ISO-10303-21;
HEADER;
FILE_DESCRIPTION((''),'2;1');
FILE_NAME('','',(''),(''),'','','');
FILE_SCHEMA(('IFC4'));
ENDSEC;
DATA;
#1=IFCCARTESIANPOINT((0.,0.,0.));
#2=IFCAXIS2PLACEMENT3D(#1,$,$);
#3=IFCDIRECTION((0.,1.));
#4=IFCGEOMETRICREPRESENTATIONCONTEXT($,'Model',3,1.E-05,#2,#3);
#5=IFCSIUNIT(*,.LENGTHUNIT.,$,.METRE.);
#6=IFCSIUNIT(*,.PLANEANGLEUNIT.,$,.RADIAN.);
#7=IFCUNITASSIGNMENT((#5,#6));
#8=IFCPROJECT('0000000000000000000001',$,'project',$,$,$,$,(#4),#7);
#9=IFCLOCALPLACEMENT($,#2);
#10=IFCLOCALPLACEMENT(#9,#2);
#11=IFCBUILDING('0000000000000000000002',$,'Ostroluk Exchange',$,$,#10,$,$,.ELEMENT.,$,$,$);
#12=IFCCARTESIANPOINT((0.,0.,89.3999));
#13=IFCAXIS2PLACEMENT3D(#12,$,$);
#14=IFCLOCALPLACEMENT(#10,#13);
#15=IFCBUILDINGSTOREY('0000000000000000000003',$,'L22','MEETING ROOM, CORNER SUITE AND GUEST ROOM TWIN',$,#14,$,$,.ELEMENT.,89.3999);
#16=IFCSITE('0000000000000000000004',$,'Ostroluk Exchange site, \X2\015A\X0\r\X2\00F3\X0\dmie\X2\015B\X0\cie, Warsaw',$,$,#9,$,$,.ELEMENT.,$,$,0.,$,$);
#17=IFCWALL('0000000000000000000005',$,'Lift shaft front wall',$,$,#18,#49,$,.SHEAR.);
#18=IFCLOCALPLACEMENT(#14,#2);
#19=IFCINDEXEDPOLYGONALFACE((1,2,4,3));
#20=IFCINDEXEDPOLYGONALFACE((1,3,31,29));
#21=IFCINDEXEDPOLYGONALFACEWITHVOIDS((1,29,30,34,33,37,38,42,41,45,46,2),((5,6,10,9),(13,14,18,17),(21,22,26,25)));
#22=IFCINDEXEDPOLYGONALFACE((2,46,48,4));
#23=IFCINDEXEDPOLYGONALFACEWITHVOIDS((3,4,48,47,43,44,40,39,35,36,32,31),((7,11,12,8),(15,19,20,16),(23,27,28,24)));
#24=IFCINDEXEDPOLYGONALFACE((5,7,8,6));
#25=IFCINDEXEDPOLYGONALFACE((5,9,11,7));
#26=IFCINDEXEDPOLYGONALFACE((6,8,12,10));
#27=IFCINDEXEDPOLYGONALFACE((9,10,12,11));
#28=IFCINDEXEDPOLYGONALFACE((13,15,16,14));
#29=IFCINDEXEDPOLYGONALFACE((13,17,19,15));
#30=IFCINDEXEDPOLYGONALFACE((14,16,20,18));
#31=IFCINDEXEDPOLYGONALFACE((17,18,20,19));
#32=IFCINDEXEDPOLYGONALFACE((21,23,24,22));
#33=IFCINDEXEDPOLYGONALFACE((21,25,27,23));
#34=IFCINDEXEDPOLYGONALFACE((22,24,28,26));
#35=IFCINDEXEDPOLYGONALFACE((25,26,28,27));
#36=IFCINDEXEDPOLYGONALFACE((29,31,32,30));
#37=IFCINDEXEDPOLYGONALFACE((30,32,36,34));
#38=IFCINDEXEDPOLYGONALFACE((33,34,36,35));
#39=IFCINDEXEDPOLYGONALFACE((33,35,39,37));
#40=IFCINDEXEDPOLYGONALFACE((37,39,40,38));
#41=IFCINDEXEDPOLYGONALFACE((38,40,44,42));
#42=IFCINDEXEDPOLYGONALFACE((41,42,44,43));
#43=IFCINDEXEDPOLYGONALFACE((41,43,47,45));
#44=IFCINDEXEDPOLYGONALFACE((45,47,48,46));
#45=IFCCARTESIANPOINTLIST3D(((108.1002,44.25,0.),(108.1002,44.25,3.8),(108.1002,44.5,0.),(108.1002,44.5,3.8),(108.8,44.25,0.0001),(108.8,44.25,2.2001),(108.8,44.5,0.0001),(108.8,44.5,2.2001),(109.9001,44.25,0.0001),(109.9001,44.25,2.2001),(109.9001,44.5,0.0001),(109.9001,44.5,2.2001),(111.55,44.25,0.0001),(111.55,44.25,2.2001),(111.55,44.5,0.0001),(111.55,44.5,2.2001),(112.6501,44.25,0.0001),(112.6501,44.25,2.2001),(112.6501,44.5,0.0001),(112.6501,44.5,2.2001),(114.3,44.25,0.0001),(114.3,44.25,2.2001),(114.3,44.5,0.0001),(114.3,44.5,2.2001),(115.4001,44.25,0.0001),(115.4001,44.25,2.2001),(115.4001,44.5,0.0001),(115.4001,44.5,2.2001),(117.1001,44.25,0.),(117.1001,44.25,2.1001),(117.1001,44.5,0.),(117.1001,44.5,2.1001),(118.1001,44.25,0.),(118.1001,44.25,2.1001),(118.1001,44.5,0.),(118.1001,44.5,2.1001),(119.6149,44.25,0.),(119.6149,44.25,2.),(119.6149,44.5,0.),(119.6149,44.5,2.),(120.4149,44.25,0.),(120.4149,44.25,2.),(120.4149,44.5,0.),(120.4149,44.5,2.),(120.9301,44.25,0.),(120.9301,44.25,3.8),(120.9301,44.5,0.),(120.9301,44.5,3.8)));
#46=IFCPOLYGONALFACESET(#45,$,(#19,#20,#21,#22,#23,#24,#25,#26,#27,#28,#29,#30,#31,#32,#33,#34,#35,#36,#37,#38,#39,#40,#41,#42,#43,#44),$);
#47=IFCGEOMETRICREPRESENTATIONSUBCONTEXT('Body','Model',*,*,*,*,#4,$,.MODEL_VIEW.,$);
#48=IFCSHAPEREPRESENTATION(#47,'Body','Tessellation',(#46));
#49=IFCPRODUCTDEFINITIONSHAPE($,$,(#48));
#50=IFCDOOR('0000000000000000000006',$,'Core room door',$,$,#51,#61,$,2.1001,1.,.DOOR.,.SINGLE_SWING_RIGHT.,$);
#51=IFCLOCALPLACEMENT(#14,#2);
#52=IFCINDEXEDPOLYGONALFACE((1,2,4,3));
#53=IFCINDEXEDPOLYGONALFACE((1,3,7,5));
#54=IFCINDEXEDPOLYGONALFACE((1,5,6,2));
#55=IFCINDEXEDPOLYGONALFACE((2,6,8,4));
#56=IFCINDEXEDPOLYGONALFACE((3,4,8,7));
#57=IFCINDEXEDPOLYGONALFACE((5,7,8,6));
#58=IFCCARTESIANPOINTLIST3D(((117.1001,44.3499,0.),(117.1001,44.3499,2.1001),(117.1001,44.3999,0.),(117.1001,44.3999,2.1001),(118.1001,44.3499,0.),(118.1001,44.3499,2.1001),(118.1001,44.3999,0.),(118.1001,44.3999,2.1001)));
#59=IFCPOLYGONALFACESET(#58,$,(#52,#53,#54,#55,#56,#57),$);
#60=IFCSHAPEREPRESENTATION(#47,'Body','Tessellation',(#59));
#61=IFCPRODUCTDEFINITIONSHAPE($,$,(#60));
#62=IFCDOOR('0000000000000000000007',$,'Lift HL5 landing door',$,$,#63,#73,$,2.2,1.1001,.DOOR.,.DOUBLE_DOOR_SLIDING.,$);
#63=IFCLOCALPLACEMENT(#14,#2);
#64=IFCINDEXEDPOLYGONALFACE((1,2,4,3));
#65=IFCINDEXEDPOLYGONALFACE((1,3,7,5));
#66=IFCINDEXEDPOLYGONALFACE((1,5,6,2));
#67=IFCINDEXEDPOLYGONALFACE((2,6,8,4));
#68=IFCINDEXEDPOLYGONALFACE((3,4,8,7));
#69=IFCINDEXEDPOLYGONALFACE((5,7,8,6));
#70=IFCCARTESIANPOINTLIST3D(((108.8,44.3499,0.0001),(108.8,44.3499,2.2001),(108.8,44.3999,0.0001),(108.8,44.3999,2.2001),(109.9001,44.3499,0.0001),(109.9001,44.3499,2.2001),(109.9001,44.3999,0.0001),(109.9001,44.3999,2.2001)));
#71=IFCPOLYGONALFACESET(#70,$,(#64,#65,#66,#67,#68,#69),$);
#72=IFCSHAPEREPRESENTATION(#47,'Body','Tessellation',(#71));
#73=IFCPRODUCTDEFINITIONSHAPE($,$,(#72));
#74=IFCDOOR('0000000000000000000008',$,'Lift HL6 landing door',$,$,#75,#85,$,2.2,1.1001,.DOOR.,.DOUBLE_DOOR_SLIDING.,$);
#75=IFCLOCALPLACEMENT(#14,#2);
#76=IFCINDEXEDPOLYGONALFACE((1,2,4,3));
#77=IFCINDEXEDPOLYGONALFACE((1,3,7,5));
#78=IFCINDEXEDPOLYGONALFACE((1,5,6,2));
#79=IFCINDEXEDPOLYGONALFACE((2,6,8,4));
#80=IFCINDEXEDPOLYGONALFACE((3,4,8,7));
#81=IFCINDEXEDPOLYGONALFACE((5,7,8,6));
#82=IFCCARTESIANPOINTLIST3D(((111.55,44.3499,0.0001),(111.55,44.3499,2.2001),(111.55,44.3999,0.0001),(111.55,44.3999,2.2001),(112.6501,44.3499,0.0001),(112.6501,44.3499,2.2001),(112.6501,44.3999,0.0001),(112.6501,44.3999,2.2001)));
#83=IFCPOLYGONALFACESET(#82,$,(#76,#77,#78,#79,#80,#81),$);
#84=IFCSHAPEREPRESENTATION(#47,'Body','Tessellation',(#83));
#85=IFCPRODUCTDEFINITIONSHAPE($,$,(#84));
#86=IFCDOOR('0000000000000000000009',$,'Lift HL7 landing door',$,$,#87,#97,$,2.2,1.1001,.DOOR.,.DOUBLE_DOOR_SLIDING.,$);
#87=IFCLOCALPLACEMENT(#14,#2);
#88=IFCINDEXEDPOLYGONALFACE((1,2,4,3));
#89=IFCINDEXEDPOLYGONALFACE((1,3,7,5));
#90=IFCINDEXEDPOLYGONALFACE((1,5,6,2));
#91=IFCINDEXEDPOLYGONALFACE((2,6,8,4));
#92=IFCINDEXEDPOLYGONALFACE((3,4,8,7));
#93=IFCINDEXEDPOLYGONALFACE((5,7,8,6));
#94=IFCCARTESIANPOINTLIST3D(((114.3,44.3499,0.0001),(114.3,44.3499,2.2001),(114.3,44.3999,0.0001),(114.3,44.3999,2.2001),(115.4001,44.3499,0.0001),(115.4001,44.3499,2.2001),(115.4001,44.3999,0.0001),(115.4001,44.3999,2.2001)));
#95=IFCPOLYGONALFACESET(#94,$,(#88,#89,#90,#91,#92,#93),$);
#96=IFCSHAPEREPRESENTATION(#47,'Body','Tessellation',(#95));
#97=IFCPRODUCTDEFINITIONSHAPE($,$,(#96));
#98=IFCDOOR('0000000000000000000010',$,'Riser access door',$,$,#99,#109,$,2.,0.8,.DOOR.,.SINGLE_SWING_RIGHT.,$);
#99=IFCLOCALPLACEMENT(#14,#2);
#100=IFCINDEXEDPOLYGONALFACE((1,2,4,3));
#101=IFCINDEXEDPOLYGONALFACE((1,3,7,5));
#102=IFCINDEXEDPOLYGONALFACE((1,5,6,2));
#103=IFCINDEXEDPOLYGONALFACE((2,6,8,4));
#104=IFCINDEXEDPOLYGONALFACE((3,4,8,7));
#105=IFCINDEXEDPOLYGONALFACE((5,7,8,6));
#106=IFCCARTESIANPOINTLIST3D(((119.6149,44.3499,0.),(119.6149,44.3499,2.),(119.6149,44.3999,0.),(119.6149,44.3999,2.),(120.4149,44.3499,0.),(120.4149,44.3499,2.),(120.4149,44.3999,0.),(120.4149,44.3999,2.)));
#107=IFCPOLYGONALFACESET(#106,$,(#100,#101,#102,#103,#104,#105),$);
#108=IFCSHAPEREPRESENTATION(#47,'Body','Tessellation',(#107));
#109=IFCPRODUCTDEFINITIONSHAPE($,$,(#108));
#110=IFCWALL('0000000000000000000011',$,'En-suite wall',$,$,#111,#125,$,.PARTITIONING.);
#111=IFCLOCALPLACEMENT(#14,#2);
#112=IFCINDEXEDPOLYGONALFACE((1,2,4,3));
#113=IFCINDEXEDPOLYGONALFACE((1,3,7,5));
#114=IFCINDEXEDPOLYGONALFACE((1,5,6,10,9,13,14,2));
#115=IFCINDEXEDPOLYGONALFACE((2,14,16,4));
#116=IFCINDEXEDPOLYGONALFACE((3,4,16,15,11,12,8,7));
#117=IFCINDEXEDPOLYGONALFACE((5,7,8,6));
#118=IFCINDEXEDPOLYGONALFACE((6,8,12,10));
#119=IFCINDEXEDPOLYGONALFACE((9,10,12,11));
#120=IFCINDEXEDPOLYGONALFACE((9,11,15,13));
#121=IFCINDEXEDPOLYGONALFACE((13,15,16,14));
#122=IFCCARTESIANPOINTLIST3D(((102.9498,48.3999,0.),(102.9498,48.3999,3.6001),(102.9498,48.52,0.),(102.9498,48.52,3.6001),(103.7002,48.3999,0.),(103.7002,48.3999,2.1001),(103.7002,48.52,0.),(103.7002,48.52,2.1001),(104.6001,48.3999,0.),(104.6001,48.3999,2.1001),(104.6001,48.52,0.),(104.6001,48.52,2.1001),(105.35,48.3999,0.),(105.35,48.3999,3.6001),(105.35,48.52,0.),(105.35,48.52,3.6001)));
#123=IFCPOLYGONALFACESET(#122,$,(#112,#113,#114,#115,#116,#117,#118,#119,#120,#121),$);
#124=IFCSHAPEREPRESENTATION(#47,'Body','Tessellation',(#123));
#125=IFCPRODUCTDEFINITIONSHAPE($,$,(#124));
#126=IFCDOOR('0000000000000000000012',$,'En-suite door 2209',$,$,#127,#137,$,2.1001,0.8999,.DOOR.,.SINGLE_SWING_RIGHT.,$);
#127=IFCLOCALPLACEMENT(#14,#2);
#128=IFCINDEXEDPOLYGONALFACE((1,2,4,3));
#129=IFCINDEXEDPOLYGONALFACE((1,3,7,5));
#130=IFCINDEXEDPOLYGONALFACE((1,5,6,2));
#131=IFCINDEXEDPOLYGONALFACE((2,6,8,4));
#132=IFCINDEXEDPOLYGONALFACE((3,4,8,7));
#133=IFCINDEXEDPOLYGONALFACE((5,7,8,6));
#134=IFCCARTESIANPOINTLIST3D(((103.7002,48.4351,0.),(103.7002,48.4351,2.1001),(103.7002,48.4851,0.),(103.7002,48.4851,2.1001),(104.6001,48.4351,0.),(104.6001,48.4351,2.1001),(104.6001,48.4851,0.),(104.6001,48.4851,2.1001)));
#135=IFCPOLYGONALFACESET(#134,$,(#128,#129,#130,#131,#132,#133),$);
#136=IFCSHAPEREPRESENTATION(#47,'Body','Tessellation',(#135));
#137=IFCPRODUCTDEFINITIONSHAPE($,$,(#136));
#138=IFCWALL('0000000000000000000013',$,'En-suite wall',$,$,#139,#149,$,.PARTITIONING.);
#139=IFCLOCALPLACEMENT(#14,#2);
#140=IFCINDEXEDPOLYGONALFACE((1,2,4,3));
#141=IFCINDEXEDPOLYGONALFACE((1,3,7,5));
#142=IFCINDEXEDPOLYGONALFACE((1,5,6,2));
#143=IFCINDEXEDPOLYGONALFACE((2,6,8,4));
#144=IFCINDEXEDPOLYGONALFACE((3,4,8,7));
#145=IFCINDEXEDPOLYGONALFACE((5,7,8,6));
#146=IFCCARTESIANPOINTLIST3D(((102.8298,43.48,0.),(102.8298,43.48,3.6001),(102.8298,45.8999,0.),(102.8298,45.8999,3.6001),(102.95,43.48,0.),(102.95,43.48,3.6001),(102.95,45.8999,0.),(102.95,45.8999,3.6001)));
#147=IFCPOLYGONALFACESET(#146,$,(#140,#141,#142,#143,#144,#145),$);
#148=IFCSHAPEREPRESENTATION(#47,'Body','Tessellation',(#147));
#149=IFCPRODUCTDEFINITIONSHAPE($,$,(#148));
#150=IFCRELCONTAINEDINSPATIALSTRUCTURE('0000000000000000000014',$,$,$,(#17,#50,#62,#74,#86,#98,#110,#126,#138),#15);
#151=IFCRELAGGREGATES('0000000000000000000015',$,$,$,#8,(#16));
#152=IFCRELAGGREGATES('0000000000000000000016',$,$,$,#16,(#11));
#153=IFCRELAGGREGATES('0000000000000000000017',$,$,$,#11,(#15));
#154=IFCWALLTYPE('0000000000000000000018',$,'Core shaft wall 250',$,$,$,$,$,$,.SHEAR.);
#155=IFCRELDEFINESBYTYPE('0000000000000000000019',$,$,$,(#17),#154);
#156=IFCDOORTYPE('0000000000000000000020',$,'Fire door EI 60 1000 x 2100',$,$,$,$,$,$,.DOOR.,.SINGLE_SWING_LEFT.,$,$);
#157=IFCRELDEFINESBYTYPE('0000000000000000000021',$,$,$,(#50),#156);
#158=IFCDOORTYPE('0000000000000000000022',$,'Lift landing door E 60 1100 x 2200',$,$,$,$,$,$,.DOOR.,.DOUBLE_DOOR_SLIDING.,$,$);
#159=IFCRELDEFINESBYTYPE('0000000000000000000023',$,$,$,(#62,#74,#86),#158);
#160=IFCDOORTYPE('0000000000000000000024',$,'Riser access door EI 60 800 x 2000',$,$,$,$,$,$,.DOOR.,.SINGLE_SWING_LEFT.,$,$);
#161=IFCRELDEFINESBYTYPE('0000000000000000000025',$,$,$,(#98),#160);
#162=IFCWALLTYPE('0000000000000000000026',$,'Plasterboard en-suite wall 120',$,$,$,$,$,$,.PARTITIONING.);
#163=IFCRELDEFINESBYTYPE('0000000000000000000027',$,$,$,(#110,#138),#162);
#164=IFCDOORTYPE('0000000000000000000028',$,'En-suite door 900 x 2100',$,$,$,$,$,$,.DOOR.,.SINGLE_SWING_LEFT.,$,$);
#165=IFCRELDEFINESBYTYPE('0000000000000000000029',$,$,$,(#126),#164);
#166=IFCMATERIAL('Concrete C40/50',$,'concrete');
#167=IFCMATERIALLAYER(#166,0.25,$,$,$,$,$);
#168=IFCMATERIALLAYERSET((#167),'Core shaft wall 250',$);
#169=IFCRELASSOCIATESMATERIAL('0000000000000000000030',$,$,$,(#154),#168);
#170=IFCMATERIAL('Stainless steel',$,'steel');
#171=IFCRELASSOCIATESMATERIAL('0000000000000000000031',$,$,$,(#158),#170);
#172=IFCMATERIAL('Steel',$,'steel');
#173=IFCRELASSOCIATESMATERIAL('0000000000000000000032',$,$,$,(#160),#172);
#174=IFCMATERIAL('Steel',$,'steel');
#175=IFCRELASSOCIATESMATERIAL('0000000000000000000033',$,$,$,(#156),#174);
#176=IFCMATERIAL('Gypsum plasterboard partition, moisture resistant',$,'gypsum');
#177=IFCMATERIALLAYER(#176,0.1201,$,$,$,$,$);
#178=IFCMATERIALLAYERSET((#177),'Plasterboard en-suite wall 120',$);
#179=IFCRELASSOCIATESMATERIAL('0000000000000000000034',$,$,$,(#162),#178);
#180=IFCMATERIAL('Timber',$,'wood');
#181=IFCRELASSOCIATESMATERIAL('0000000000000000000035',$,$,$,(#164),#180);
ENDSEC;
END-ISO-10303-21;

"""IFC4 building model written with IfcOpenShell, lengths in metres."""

from ifc_helpers import new_model, si_unit, direction, frame, frame_2d, origin, place, context, subcontext, project, spatial, rectangle, extrude, material, layer, layer_set, type_object, element, fill, save


model = new_model("IFC4")

# Units and contexts
model_context = context("Model", 3, precision=1e-05, world=origin(), true_north=direction((0.0, 1.0)))
body_context = subcontext(model_context, "Body", "Model", "MODEL_VIEW")
ifc_project = project(units=[si_unit("LENGTHUNIT", "METRE"), si_unit("PLANEANGLEUNIT", "RADIAN")], contexts=[model_context])

# Site, building, storey
site_placement = place(None, origin())
site = spatial("IfcSite", under=ifc_project, at=site_placement, Name="Ostroluk Exchange site, Śródmieście, Warsaw", CompositionType="ELEMENT", RefElevation=0.0)
building_placement = place(site_placement, origin())
building = spatial("IfcBuilding", under=site, at=building_placement, Name="Ostroluk Exchange", CompositionType="ELEMENT")
storey_placement = place(building_placement, frame((0.0, 0.0, 89.3999)))
storey = spatial("IfcBuildingStorey", under=building, at=storey_placement, Name="L22", Description="MEETING ROOM, CORNER SUITE AND GUEST ROOM TWIN", CompositionType="ELEMENT", Elevation=89.3999)

# Shared definitions
ifc_material_1 = material(Name="Concrete C40/50", Category="concrete")
ifc_layer_1 = layer(ifc_material_1, 0.25)
ifc_layer_set_1 = layer_set([ifc_layer_1], Name="Core shaft wall 250")
wall_type_1 = type_object("IfcWallType", Name="Core shaft wall 250", PredefinedType="SHEAR", material=ifc_layer_set_1)

# Shared definitions
ifc_material_2 = material(Name="Stainless steel", Category="steel")
door_type_1 = type_object("IfcDoorType", Name="Lift landing door E 60 1100 x 2200", OperationType="DOUBLE_DOOR_SLIDING", PredefinedType="DOOR", material=ifc_material_2)
ifc_material_3 = material(Name="Steel", Category="steel")
door_type_2 = type_object("IfcDoorType", Name="Riser access door EI 60 800 x 2000", OperationType="SINGLE_SWING_LEFT", PredefinedType="DOOR", material=ifc_material_3)

# Wall, openings, doors
wall_1_placement = place(storey_placement, frame((108.1001, 44.375, 0.0), z_axis=(0.0, 0.0, 1.0), x_axis=(1.0, 0.0, 0.0)))
wall_1 = element("IfcWall", 1, at=wall_1_placement, inside=storey, type_object=wall_type_1, Name="Lift shaft front wall", PredefinedType="SHEAR", context=body_context, shape_type="SweptSolid", body=[
    extrude(rectangle(XDim=12.8298, YDim=0.25, at=frame_2d((6.415, 0.0))), origin(), (0.0, 0.0, 1.0), 3.8),
])
opening_1_placement = place(wall_1_placement, frame((0.7, 0.0, 0.0)))
opening_1 = element("IfcOpeningElement", 2, at=opening_1_placement, cuts=wall_1, PredefinedType="OPENING", context=body_context, shape_type="SweptSolid", body=[
    extrude(rectangle(XDim=1.1001, YDim=2.2, at=frame_2d((0.55, 1.1001))), frame((0.0, 0.135, 0.0), z_axis=(0.0, -1.0, 0.0), x_axis=(1.0, 0.0, 0.0)), (0.0, 0.0, 1.0), 0.27),
])
opening_2_placement = place(wall_1_placement, frame((3.45, 0.0, 0.0)))
opening_2 = element("IfcOpeningElement", 3, at=opening_2_placement, cuts=wall_1, PredefinedType="OPENING", context=body_context, shape_type="SweptSolid", body=[
    extrude(rectangle(XDim=1.1001, YDim=2.2, at=frame_2d((0.55, 1.1001))), frame((0.0, 0.135, 0.0), z_axis=(0.0, -1.0, 0.0), x_axis=(1.0, 0.0, 0.0)), (0.0, 0.0, 1.0), 0.27),
])
opening_3_placement = place(wall_1_placement, frame((6.2, 0.0, 0.0)))
opening_3 = element("IfcOpeningElement", 4, at=opening_3_placement, cuts=wall_1, PredefinedType="OPENING", context=body_context, shape_type="SweptSolid", body=[
    extrude(rectangle(XDim=1.1001, YDim=2.2, at=frame_2d((0.55, 1.1001))), frame((0.0, 0.135, 0.0), z_axis=(0.0, -1.0, 0.0), x_axis=(1.0, 0.0, 0.0)), (0.0, 0.0, 1.0), 0.27),
])
opening_4_placement = place(wall_1_placement, frame((9.0, 0.0, 0.0)))
opening_4 = element("IfcOpeningElement", 5, at=opening_4_placement, cuts=wall_1, PredefinedType="OPENING", context=body_context, shape_type="SweptSolid", body=[
    extrude(rectangle(XDim=1.0, YDim=2.1001, at=frame_2d((0.5, 1.05))), frame((0.0, 0.135, 0.0), z_axis=(0.0, -1.0, 0.0), x_axis=(1.0, 0.0, 0.0)), (0.0, 0.0, 1.0), 0.27),
])
opening_5_placement = place(wall_1_placement, frame((11.5149, 0.0, 0.0)))
opening_5 = element("IfcOpeningElement", 6, at=opening_5_placement, cuts=wall_1, PredefinedType="OPENING", context=body_context, shape_type="SweptSolid", body=[
    extrude(rectangle(XDim=0.8, YDim=2.0, at=frame_2d((0.3999, 1.0))), frame((0.0, 0.135, 0.0), z_axis=(0.0, -1.0, 0.0), x_axis=(1.0, 0.0, 0.0)), (0.0, 0.0, 1.0), 0.27),
])
ifc_material_4 = material(Name="Steel", Category="steel")
door_type_3 = type_object("IfcDoorType", Name="Fire door EI 60 1000 x 2100", OperationType="SINGLE_SWING_LEFT", PredefinedType="DOOR", material=ifc_material_4)
door_1_placement = place(opening_4_placement, origin())
door_1 = element("IfcDoor", 7, at=door_1_placement, inside=storey, type_object=door_type_3, Name="Core room door", OperationType="SINGLE_SWING_RIGHT", OverallHeight=2.1001, OverallWidth=1.0, PredefinedType="DOOR", context=body_context, shape_type="SweptSolid", body=[
    extrude(rectangle(XDim=1.0, YDim=2.1001, at=frame_2d((0.5, 1.05))), frame((0.0, 0.0249, 0.0), z_axis=(0.0, -1.0, 0.0), x_axis=(1.0, 0.0, 0.0)), (0.0, 0.0, 1.0), 0.05),
])
fill(opening_4, door_1)
door_2_placement = place(opening_1_placement, origin())
door_2 = element("IfcDoor", 8, at=door_2_placement, inside=storey, type_object=door_type_1, Name="Lift HL5 landing door", OperationType="DOUBLE_DOOR_SLIDING", OverallHeight=2.2, OverallWidth=1.1001, PredefinedType="DOOR", context=body_context, shape_type="SweptSolid", body=[
    extrude(rectangle(XDim=1.1001, YDim=2.2, at=frame_2d((0.55, 1.1001))), frame((0.0, 0.0249, 0.0), z_axis=(0.0, -1.0, 0.0), x_axis=(1.0, 0.0, 0.0)), (0.0, 0.0, 1.0), 0.05),
])
fill(opening_1, door_2)
door_3_placement = place(opening_2_placement, origin())
door_3 = element("IfcDoor", 9, at=door_3_placement, inside=storey, type_object=door_type_1, Name="Lift HL6 landing door", OperationType="DOUBLE_DOOR_SLIDING", OverallHeight=2.2, OverallWidth=1.1001, PredefinedType="DOOR", context=body_context, shape_type="SweptSolid", body=[
    extrude(rectangle(XDim=1.1001, YDim=2.2, at=frame_2d((0.55, 1.1001))), frame((0.0, 0.0249, 0.0), z_axis=(0.0, -1.0, 0.0), x_axis=(1.0, 0.0, 0.0)), (0.0, 0.0, 1.0), 0.05),
])
fill(opening_2, door_3)
door_4_placement = place(opening_3_placement, origin())
door_4 = element("IfcDoor", 10, at=door_4_placement, inside=storey, type_object=door_type_1, Name="Lift HL7 landing door", OperationType="DOUBLE_DOOR_SLIDING", OverallHeight=2.2, OverallWidth=1.1001, PredefinedType="DOOR", context=body_context, shape_type="SweptSolid", body=[
    extrude(rectangle(XDim=1.1001, YDim=2.2, at=frame_2d((0.55, 1.1001))), frame((0.0, 0.0249, 0.0), z_axis=(0.0, -1.0, 0.0), x_axis=(1.0, 0.0, 0.0)), (0.0, 0.0, 1.0), 0.05),
])
fill(opening_3, door_4)
door_5_placement = place(opening_5_placement, origin())
door_5 = element("IfcDoor", 11, at=door_5_placement, inside=storey, type_object=door_type_2, Name="Riser access door", OperationType="SINGLE_SWING_RIGHT", OverallHeight=2.0, OverallWidth=0.8, PredefinedType="DOOR", context=body_context, shape_type="SweptSolid", body=[
    extrude(rectangle(XDim=0.8, YDim=2.0, at=frame_2d((0.3999, 1.0))), frame((0.0, 0.0249, 0.0), z_axis=(0.0, -1.0, 0.0), x_axis=(1.0, 0.0, 0.0)), (0.0, 0.0, 1.0), 0.05),
])
fill(opening_5, door_5)

# Wall, opening, door
ifc_material_5 = material(Name="Gypsum plasterboard partition, moisture resistant", Category="gypsum")
ifc_layer_2 = layer(ifc_material_5, 0.1201)
ifc_layer_set_2 = layer_set([ifc_layer_2], Name="Plasterboard en-suite wall 120")
wall_type_2 = type_object("IfcWallType", Name="Plasterboard en-suite wall 120", PredefinedType="PARTITIONING", material=ifc_layer_set_2)
wall_2_placement = place(storey_placement, frame((105.3501, 48.46, 0.0), z_axis=(0.0, 0.0, 1.0), x_axis=(-1.0, 0.0, 0.0)))
wall_2 = element("IfcWall", 12, at=wall_2_placement, inside=storey, type_object=wall_type_2, Name="En-suite wall", PredefinedType="PARTITIONING", context=body_context, shape_type="SweptSolid", body=[
    extrude(rectangle(XDim=2.4001, YDim=0.1201, at=frame_2d((1.2002, 0.0))), origin(), (0.0, 0.0, 1.0), 3.6001),
])
opening_6_placement = place(wall_2_placement, frame((0.75, 0.0, 0.0)))
opening_6 = element("IfcOpeningElement", 13, at=opening_6_placement, cuts=wall_2, PredefinedType="OPENING", context=body_context, shape_type="SweptSolid", body=[
    extrude(rectangle(XDim=0.8999, YDim=2.1001, at=frame_2d((0.45, 1.05))), frame((0.0, 0.0701, 0.0), z_axis=(0.0, -1.0, 0.0), x_axis=(1.0, 0.0, 0.0)), (0.0, 0.0, 1.0), 0.1401),
])
ifc_material_6 = material(Name="Timber", Category="wood")
door_type_4 = type_object("IfcDoorType", Name="En-suite door 900 x 2100", OperationType="SINGLE_SWING_LEFT", PredefinedType="DOOR", material=ifc_material_6)
door_6_placement = place(opening_6_placement, origin())
door_6 = element("IfcDoor", 14, at=door_6_placement, inside=storey, type_object=door_type_4, Name="En-suite door 2209", OperationType="SINGLE_SWING_RIGHT", OverallHeight=2.1001, OverallWidth=0.8999, PredefinedType="DOOR", context=body_context, shape_type="SweptSolid", body=[
    extrude(rectangle(XDim=0.8999, YDim=2.1001, at=frame_2d((0.45, 1.05))), frame((0.0, 0.0249, 0.0), z_axis=(0.0, -1.0, 0.0), x_axis=(1.0, 0.0, 0.0)), (0.0, 0.0, 1.0), 0.05),
])
fill(opening_6, door_6)

# Wall
wall_3_placement = place(storey_placement, frame((102.8899, 45.8999, 0.0), z_axis=(0.0, 0.0, 1.0), x_axis=(0.0, -1.0, 0.0)))
element("IfcWall", 15, at=wall_3_placement, inside=storey, type_object=wall_type_2, Name="En-suite wall", PredefinedType="PARTITIONING", context=body_context, shape_type="SweptSolid", body=[
    extrude(rectangle(XDim=2.4199, YDim=0.1201, at=frame_2d((1.21, 0.0))), origin(), (0.0, 0.0, 1.0), 3.6001),
])

save(model, "model.ifc")
